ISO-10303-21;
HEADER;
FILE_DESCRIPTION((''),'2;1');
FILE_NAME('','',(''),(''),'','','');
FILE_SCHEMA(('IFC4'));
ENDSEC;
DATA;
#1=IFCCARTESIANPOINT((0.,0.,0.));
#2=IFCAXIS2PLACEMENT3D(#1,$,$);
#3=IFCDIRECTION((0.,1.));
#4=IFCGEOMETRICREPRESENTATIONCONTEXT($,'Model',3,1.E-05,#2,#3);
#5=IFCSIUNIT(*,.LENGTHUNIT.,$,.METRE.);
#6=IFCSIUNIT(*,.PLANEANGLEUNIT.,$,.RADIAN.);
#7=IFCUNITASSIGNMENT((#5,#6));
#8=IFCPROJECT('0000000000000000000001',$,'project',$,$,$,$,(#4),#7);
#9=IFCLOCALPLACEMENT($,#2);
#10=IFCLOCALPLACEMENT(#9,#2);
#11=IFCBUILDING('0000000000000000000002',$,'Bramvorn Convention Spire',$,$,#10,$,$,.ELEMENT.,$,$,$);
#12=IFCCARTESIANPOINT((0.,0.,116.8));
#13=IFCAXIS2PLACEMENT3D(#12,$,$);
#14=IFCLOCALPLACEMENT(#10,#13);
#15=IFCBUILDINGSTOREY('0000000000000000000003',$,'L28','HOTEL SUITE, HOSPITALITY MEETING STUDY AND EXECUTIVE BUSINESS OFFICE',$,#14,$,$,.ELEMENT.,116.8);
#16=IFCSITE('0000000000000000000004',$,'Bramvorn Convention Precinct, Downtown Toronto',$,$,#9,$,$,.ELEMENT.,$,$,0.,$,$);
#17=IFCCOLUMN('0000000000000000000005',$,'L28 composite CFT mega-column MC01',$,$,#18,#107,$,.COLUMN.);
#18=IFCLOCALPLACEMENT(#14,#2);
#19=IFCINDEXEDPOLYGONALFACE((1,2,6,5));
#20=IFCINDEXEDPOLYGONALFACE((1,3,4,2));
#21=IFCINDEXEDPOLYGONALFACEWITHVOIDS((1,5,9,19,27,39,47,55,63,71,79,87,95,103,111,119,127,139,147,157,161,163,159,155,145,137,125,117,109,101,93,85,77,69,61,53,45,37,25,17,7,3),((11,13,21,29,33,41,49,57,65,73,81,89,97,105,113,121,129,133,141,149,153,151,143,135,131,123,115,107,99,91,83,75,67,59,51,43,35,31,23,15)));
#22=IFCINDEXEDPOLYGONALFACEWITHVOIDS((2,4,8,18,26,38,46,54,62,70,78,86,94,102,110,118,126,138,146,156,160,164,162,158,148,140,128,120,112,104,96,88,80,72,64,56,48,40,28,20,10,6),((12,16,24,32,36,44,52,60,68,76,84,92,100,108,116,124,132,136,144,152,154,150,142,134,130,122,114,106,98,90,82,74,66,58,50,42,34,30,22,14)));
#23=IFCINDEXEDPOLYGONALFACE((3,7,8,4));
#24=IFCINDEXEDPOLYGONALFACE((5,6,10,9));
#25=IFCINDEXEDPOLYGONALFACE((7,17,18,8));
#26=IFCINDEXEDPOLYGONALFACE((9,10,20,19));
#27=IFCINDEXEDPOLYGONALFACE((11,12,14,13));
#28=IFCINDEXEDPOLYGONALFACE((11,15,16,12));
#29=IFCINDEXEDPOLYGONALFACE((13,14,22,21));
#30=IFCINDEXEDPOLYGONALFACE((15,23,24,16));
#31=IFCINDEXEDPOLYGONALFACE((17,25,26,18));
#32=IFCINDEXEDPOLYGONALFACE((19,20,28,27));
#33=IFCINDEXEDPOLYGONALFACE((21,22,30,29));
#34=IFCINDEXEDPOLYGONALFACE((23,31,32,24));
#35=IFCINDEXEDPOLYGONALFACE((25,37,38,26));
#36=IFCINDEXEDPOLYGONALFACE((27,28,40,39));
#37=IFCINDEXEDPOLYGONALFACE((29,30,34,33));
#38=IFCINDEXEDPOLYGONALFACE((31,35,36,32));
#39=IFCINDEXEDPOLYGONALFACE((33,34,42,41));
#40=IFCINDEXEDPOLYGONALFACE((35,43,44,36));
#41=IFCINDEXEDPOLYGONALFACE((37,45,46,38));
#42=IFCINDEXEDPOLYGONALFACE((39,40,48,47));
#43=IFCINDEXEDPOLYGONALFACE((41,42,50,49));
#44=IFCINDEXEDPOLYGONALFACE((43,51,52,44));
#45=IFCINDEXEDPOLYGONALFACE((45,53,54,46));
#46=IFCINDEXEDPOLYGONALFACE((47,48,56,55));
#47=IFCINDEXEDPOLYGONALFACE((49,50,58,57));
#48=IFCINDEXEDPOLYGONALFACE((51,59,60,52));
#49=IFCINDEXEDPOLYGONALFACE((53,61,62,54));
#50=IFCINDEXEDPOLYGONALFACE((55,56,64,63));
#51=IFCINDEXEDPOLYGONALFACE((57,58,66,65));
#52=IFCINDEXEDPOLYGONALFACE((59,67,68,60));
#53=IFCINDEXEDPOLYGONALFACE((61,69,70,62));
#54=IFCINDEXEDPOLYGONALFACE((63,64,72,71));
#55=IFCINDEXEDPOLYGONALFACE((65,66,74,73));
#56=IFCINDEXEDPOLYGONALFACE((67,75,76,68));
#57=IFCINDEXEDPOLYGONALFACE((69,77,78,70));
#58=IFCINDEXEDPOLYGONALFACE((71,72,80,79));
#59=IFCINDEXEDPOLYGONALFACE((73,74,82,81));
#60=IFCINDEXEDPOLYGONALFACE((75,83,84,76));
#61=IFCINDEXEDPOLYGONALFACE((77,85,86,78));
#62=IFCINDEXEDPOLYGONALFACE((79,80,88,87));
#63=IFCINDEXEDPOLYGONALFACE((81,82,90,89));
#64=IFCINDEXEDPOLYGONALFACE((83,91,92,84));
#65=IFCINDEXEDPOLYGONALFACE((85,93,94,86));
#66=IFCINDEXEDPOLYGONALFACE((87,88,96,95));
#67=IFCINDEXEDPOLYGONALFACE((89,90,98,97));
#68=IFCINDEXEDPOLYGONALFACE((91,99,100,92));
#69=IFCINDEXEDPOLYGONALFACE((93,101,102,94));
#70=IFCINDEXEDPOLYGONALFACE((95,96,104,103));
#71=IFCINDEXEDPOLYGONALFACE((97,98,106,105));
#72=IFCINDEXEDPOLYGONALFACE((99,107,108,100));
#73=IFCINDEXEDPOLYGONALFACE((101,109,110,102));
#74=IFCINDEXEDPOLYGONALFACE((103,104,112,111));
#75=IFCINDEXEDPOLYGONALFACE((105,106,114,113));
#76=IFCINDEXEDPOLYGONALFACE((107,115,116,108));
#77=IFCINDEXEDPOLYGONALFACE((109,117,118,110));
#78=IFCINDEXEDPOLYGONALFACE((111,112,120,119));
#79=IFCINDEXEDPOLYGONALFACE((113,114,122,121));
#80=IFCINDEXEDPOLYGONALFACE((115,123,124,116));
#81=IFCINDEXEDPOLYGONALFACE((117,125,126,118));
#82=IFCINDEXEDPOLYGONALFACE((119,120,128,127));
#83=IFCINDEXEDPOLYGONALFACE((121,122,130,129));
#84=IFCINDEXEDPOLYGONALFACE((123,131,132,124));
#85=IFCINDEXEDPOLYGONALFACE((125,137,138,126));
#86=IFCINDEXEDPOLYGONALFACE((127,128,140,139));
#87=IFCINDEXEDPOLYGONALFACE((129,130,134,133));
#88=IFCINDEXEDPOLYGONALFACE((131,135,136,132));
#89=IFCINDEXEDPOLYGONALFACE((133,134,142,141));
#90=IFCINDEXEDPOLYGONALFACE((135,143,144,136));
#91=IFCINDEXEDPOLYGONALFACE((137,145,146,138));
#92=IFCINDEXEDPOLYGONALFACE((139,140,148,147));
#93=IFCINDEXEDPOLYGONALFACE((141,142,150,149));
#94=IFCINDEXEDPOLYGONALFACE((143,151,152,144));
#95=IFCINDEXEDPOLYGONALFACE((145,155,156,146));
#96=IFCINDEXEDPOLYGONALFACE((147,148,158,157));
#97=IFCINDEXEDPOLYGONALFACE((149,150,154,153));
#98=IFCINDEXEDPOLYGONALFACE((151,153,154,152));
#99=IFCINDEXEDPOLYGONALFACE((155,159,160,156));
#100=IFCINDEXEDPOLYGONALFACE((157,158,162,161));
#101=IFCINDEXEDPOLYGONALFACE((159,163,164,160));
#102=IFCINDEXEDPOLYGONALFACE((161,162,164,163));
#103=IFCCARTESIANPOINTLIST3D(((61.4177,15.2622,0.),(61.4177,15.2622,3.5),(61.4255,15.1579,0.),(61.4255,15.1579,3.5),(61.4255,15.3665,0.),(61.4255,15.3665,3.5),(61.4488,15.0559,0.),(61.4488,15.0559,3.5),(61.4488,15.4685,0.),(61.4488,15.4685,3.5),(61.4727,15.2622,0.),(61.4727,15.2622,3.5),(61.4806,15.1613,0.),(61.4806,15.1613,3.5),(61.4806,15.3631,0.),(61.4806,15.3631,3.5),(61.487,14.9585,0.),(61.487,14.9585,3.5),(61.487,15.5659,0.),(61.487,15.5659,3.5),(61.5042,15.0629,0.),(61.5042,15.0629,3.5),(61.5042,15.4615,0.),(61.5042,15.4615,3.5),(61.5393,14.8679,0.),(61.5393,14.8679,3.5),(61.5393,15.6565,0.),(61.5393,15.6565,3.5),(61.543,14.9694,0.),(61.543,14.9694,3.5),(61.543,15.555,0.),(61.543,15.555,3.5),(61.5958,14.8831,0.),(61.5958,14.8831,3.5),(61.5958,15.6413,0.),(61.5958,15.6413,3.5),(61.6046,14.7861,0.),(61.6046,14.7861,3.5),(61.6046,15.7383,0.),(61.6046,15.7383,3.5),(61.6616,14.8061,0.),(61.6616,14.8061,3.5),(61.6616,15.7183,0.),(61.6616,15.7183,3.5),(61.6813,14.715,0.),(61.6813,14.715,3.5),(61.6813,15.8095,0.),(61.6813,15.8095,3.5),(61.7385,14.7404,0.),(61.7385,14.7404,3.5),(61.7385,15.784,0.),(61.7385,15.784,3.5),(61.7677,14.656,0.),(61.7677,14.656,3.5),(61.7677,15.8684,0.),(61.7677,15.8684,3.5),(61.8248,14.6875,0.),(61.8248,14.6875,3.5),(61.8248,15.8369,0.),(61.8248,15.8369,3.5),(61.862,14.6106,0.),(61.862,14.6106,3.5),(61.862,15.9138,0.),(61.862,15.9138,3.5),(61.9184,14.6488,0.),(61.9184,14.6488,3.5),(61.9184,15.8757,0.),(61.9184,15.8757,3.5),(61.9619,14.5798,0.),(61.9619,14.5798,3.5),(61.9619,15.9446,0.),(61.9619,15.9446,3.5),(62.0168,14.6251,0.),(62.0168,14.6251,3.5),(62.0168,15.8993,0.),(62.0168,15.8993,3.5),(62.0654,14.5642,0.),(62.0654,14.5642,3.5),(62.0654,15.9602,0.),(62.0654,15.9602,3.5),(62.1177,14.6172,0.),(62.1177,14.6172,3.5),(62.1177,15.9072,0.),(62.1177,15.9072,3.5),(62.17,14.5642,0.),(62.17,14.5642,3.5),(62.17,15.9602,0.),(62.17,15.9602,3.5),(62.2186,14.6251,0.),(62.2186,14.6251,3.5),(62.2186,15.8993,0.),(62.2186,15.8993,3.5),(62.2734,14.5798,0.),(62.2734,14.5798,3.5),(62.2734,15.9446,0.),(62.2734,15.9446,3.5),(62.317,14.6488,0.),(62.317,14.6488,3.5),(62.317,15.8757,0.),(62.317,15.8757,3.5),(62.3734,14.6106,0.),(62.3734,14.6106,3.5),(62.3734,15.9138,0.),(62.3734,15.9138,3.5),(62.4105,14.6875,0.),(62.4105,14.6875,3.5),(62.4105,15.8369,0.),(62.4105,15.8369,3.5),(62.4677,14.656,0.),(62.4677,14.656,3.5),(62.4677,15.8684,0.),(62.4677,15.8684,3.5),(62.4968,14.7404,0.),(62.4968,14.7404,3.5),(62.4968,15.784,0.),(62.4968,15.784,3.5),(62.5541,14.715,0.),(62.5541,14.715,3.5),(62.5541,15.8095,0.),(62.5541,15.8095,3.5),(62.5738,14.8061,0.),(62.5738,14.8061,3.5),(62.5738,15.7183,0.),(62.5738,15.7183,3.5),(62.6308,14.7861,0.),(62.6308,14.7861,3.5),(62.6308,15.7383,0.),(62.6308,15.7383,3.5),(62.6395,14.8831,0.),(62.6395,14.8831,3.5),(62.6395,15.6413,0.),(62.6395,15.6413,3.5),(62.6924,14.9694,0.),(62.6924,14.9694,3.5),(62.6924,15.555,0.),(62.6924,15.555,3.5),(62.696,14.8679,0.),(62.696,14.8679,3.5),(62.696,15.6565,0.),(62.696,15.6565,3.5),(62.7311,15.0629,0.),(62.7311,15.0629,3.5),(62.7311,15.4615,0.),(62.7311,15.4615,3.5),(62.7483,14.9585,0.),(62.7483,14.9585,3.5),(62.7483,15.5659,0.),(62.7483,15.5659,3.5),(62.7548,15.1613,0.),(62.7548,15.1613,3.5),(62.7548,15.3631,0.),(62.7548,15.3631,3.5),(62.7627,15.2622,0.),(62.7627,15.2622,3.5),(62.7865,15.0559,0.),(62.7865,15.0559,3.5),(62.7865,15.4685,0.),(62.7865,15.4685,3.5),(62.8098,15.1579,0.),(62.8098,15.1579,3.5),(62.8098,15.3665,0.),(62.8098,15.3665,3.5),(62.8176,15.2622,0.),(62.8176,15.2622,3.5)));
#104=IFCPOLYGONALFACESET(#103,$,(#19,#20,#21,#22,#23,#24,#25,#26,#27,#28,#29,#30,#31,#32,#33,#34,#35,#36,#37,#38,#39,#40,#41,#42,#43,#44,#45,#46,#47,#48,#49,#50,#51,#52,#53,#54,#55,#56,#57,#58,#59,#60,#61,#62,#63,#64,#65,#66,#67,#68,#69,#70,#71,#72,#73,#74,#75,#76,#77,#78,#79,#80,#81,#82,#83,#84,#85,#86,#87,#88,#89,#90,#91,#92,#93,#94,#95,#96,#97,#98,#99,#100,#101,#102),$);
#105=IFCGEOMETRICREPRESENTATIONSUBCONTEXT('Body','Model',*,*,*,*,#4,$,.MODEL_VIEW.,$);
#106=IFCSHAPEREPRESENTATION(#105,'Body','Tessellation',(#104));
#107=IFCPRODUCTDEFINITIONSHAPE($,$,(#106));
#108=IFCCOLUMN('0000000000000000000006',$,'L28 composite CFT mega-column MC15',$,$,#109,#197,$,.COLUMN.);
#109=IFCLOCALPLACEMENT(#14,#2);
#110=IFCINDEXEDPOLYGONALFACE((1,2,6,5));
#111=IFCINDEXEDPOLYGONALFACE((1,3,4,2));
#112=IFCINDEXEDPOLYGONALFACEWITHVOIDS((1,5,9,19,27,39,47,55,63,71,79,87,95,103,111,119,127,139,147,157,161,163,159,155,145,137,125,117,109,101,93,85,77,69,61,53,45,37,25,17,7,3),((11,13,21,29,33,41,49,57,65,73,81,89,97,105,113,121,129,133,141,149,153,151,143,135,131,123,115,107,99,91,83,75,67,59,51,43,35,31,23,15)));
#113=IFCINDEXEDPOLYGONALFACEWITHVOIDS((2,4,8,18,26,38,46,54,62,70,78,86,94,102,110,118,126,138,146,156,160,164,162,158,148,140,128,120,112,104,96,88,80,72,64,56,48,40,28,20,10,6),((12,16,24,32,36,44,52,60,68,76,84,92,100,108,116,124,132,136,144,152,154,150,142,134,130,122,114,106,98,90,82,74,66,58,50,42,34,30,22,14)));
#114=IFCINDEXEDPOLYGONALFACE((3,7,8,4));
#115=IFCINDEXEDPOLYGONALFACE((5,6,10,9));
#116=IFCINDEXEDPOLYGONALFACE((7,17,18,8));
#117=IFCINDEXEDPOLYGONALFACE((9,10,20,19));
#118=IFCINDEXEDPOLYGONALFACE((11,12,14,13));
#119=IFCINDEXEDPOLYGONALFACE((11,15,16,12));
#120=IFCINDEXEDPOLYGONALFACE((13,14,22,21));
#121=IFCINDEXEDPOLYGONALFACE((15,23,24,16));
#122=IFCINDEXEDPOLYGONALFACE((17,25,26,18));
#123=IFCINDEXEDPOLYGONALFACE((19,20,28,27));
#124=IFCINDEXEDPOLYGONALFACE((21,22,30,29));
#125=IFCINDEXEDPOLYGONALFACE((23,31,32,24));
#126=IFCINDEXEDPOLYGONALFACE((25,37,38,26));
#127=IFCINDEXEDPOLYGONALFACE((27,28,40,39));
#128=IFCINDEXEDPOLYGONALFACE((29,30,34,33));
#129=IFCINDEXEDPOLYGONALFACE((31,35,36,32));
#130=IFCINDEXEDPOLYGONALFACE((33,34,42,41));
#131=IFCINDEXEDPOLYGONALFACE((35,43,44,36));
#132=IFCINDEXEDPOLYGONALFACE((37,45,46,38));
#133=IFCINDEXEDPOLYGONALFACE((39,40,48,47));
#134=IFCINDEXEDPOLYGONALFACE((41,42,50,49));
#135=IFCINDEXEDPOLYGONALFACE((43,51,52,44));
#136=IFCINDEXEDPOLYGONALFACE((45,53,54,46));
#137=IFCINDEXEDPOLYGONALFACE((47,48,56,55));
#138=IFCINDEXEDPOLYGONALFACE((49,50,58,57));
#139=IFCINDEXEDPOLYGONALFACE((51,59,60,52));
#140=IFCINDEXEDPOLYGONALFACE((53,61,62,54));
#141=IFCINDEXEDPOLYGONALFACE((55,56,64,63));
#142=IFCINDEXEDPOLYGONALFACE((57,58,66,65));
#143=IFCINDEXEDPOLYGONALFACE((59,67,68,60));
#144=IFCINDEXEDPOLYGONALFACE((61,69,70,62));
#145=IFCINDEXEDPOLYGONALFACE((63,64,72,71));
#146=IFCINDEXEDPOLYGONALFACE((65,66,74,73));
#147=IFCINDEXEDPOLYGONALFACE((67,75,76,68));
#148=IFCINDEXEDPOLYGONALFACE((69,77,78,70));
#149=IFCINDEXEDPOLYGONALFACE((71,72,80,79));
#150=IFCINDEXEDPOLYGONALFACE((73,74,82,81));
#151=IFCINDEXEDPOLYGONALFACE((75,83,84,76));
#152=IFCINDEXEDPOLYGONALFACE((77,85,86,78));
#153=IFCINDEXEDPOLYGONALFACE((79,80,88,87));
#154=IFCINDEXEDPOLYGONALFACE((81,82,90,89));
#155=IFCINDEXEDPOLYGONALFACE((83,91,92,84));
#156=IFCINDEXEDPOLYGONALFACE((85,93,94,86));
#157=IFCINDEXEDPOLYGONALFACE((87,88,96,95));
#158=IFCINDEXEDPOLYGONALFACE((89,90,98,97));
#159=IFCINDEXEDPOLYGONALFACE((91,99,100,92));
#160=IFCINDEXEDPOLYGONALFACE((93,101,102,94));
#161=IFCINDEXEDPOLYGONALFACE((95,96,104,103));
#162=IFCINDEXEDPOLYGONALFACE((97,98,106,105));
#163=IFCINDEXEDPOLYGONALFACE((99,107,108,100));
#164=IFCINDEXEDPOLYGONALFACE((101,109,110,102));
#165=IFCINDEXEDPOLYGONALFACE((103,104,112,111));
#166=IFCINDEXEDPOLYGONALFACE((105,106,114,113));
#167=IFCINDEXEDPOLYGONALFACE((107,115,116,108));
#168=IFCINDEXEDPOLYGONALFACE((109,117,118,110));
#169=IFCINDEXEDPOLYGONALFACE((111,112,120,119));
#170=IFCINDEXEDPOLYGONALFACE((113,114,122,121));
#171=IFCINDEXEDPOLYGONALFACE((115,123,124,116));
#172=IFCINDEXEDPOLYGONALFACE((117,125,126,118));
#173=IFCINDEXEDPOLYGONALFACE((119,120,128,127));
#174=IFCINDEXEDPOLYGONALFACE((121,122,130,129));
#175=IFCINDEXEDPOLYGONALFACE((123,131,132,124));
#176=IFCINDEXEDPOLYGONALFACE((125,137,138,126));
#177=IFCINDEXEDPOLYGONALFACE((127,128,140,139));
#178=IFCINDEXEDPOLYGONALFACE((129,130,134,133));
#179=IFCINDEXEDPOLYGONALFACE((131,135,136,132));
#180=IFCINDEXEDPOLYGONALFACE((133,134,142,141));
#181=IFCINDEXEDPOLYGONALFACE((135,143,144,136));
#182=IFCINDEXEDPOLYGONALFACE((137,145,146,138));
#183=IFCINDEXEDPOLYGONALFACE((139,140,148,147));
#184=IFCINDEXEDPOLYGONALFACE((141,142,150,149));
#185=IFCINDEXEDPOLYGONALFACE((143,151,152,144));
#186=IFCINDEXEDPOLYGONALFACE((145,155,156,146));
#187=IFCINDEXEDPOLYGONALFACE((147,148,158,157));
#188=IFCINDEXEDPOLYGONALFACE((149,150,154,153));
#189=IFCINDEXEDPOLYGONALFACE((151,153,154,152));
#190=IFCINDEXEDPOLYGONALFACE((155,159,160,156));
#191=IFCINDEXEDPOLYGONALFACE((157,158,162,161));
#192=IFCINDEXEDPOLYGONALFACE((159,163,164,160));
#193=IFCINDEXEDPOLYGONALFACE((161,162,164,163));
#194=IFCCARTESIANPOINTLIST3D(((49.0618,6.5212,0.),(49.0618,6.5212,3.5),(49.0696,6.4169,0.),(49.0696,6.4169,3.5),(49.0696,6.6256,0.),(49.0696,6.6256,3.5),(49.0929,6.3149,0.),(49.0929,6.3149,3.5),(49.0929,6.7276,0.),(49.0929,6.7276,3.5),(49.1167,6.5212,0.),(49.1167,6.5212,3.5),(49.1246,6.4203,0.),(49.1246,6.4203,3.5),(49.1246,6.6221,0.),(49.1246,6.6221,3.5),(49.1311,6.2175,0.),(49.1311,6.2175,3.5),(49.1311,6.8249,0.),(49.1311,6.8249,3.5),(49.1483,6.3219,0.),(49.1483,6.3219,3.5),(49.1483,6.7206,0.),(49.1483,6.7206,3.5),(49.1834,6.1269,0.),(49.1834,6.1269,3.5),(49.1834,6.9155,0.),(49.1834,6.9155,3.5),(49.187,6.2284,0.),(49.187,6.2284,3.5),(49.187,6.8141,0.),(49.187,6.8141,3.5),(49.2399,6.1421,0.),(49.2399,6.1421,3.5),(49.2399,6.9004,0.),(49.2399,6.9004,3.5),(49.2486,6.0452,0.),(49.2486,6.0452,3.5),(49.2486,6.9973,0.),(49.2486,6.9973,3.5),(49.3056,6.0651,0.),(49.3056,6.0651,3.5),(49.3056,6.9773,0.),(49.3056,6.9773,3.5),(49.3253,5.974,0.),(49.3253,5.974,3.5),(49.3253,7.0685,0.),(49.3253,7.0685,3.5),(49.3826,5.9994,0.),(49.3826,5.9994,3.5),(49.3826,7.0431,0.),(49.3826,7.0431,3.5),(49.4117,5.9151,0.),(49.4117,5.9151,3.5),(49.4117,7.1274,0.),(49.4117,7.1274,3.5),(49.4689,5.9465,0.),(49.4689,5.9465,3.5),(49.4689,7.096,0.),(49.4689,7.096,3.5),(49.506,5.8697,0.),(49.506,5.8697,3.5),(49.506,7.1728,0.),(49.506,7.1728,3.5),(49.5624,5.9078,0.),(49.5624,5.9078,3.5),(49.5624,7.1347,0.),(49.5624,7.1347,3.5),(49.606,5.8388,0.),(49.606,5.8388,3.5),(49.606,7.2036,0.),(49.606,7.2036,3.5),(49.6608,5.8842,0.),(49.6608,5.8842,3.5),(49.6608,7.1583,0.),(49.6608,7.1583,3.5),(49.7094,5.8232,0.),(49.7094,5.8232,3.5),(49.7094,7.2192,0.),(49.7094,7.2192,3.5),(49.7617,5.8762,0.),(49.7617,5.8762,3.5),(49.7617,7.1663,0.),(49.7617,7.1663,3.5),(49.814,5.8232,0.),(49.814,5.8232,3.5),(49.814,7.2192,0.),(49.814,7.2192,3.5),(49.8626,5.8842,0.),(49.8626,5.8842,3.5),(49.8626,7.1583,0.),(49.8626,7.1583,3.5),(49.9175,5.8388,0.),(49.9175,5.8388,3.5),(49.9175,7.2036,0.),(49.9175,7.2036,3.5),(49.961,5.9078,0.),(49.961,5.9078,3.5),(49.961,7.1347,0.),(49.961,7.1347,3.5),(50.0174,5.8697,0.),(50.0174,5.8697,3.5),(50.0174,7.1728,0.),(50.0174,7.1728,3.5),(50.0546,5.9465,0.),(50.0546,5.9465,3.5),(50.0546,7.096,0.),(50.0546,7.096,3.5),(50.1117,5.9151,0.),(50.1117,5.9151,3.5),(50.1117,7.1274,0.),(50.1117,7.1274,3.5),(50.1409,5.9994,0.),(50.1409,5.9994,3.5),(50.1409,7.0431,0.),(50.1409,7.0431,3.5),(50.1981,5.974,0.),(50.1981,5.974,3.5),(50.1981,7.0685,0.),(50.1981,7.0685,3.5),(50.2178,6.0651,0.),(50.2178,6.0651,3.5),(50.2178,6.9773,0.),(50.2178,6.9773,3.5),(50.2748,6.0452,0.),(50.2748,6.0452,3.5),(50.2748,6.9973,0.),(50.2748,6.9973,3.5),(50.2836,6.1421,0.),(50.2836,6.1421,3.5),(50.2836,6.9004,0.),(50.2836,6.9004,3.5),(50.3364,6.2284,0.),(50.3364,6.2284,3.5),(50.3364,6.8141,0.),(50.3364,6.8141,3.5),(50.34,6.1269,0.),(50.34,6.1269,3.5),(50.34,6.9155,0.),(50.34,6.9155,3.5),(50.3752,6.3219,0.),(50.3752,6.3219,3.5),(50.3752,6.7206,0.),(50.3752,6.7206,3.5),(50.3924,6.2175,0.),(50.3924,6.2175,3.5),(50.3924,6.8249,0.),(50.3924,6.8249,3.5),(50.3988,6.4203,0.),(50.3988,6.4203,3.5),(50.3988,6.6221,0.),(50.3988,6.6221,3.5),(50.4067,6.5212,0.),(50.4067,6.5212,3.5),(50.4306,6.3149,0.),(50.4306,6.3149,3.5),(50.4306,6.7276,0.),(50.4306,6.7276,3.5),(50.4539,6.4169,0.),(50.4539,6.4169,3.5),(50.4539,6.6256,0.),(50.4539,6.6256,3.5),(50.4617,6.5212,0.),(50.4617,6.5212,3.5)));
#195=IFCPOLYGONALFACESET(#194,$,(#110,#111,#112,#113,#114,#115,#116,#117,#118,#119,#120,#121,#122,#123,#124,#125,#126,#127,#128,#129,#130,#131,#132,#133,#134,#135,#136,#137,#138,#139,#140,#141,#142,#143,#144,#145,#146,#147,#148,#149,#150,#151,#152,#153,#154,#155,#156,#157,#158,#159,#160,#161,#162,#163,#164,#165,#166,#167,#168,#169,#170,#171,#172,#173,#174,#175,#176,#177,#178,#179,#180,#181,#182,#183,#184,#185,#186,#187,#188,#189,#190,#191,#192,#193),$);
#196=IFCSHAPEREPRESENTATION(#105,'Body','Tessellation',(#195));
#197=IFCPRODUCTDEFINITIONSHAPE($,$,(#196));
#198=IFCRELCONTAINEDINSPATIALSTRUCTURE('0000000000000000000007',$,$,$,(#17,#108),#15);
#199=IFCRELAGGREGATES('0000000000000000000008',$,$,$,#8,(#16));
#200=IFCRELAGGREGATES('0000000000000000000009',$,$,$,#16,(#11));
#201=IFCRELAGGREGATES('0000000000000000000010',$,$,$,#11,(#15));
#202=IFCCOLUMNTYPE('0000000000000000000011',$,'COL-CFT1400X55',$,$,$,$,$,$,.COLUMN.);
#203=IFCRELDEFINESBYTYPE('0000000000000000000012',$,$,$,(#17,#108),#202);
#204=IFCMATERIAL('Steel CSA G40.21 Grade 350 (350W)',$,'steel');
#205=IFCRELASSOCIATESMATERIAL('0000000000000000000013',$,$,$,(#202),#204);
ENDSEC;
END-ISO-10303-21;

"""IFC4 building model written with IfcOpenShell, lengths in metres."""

from ifc_helpers import new_model, si_unit, direction, frame, origin, origin_2d, place, context, subcontext, project, spatial, hollow_circle, extrude, material, material_profile, profile_set, type_object, element, save


model = new_model("IFC4")

# Units and contexts
model_context = context("Model", 3, precision=1e-05, world=origin(), true_north=direction((0.0, 1.0)))
body_context = subcontext(model_context, "Body", "Model", "MODEL_VIEW")
ifc_project = project(units=[si_unit("LENGTHUNIT", "METRE"), si_unit("PLANEANGLEUNIT", "RADIAN")], contexts=[model_context])

# Site, building, storey
site_placement = place(None, origin())
site = spatial("IfcSite", under=ifc_project, at=site_placement, Name="Bramvorn Convention Precinct, Downtown Toronto", CompositionType="ELEMENT", RefElevation=0.0)
building_placement = place(site_placement, origin())
building = spatial("IfcBuilding", under=site, at=building_placement, Name="Bramvorn Convention Spire", CompositionType="ELEMENT")
storey_placement = place(building_placement, frame((0.0, 0.0, 116.8)))
storey = spatial("IfcBuildingStorey", under=building, at=storey_placement, Name="L28", Description="HOTEL SUITE, HOSPITALITY MEETING STUDY AND EXECUTIVE BUSINESS OFFICE", CompositionType="ELEMENT", Elevation=116.8)

# Columns
ifc_material_1 = material(Name="Steel CSA G40.21 Grade 350 (350W)", Category="steel")
ifc_material_profile_1 = material_profile(ifc_material_1, hollow_circle(Radius=0.7, WallThickness=0.0549, at=origin_2d()))
ifc_profile_set_1 = profile_set([ifc_material_profile_1], Name="Steel CSA G40.21 Grade 350 (350W) - CFT1400X55")
column_type = type_object("IfcColumnType", Name="COL-CFT1400X55", PredefinedType="COLUMN", material=ifc_profile_set_1)
for number, where, z_axis, x_axis, name in (
    (1, (62.1177, 15.2622, 0.0), (0.0, 0.0, 1.0), (1.0, 0.0, 0.0), "L28 composite CFT mega-column MC01"),
    (2, (49.7617, 6.5212, 0.0), (0.0, 0.0, 1.0), (1.0, 0.0, 0.0), "L28 composite CFT mega-column MC15"),
):
    element("IfcColumn", number, at=place(storey_placement, frame(where, z_axis=z_axis, x_axis=x_axis)), inside=storey, type_object=column_type, Name=name, PredefinedType="COLUMN", context=body_context, shape_type="SweptSolid", body=[
        extrude(hollow_circle(Radius=0.7, WallThickness=0.0549, at=origin_2d()), origin(), (0.0, 0.0, 1.0), 3.5),
    ])

save(model, "model.ifc")
